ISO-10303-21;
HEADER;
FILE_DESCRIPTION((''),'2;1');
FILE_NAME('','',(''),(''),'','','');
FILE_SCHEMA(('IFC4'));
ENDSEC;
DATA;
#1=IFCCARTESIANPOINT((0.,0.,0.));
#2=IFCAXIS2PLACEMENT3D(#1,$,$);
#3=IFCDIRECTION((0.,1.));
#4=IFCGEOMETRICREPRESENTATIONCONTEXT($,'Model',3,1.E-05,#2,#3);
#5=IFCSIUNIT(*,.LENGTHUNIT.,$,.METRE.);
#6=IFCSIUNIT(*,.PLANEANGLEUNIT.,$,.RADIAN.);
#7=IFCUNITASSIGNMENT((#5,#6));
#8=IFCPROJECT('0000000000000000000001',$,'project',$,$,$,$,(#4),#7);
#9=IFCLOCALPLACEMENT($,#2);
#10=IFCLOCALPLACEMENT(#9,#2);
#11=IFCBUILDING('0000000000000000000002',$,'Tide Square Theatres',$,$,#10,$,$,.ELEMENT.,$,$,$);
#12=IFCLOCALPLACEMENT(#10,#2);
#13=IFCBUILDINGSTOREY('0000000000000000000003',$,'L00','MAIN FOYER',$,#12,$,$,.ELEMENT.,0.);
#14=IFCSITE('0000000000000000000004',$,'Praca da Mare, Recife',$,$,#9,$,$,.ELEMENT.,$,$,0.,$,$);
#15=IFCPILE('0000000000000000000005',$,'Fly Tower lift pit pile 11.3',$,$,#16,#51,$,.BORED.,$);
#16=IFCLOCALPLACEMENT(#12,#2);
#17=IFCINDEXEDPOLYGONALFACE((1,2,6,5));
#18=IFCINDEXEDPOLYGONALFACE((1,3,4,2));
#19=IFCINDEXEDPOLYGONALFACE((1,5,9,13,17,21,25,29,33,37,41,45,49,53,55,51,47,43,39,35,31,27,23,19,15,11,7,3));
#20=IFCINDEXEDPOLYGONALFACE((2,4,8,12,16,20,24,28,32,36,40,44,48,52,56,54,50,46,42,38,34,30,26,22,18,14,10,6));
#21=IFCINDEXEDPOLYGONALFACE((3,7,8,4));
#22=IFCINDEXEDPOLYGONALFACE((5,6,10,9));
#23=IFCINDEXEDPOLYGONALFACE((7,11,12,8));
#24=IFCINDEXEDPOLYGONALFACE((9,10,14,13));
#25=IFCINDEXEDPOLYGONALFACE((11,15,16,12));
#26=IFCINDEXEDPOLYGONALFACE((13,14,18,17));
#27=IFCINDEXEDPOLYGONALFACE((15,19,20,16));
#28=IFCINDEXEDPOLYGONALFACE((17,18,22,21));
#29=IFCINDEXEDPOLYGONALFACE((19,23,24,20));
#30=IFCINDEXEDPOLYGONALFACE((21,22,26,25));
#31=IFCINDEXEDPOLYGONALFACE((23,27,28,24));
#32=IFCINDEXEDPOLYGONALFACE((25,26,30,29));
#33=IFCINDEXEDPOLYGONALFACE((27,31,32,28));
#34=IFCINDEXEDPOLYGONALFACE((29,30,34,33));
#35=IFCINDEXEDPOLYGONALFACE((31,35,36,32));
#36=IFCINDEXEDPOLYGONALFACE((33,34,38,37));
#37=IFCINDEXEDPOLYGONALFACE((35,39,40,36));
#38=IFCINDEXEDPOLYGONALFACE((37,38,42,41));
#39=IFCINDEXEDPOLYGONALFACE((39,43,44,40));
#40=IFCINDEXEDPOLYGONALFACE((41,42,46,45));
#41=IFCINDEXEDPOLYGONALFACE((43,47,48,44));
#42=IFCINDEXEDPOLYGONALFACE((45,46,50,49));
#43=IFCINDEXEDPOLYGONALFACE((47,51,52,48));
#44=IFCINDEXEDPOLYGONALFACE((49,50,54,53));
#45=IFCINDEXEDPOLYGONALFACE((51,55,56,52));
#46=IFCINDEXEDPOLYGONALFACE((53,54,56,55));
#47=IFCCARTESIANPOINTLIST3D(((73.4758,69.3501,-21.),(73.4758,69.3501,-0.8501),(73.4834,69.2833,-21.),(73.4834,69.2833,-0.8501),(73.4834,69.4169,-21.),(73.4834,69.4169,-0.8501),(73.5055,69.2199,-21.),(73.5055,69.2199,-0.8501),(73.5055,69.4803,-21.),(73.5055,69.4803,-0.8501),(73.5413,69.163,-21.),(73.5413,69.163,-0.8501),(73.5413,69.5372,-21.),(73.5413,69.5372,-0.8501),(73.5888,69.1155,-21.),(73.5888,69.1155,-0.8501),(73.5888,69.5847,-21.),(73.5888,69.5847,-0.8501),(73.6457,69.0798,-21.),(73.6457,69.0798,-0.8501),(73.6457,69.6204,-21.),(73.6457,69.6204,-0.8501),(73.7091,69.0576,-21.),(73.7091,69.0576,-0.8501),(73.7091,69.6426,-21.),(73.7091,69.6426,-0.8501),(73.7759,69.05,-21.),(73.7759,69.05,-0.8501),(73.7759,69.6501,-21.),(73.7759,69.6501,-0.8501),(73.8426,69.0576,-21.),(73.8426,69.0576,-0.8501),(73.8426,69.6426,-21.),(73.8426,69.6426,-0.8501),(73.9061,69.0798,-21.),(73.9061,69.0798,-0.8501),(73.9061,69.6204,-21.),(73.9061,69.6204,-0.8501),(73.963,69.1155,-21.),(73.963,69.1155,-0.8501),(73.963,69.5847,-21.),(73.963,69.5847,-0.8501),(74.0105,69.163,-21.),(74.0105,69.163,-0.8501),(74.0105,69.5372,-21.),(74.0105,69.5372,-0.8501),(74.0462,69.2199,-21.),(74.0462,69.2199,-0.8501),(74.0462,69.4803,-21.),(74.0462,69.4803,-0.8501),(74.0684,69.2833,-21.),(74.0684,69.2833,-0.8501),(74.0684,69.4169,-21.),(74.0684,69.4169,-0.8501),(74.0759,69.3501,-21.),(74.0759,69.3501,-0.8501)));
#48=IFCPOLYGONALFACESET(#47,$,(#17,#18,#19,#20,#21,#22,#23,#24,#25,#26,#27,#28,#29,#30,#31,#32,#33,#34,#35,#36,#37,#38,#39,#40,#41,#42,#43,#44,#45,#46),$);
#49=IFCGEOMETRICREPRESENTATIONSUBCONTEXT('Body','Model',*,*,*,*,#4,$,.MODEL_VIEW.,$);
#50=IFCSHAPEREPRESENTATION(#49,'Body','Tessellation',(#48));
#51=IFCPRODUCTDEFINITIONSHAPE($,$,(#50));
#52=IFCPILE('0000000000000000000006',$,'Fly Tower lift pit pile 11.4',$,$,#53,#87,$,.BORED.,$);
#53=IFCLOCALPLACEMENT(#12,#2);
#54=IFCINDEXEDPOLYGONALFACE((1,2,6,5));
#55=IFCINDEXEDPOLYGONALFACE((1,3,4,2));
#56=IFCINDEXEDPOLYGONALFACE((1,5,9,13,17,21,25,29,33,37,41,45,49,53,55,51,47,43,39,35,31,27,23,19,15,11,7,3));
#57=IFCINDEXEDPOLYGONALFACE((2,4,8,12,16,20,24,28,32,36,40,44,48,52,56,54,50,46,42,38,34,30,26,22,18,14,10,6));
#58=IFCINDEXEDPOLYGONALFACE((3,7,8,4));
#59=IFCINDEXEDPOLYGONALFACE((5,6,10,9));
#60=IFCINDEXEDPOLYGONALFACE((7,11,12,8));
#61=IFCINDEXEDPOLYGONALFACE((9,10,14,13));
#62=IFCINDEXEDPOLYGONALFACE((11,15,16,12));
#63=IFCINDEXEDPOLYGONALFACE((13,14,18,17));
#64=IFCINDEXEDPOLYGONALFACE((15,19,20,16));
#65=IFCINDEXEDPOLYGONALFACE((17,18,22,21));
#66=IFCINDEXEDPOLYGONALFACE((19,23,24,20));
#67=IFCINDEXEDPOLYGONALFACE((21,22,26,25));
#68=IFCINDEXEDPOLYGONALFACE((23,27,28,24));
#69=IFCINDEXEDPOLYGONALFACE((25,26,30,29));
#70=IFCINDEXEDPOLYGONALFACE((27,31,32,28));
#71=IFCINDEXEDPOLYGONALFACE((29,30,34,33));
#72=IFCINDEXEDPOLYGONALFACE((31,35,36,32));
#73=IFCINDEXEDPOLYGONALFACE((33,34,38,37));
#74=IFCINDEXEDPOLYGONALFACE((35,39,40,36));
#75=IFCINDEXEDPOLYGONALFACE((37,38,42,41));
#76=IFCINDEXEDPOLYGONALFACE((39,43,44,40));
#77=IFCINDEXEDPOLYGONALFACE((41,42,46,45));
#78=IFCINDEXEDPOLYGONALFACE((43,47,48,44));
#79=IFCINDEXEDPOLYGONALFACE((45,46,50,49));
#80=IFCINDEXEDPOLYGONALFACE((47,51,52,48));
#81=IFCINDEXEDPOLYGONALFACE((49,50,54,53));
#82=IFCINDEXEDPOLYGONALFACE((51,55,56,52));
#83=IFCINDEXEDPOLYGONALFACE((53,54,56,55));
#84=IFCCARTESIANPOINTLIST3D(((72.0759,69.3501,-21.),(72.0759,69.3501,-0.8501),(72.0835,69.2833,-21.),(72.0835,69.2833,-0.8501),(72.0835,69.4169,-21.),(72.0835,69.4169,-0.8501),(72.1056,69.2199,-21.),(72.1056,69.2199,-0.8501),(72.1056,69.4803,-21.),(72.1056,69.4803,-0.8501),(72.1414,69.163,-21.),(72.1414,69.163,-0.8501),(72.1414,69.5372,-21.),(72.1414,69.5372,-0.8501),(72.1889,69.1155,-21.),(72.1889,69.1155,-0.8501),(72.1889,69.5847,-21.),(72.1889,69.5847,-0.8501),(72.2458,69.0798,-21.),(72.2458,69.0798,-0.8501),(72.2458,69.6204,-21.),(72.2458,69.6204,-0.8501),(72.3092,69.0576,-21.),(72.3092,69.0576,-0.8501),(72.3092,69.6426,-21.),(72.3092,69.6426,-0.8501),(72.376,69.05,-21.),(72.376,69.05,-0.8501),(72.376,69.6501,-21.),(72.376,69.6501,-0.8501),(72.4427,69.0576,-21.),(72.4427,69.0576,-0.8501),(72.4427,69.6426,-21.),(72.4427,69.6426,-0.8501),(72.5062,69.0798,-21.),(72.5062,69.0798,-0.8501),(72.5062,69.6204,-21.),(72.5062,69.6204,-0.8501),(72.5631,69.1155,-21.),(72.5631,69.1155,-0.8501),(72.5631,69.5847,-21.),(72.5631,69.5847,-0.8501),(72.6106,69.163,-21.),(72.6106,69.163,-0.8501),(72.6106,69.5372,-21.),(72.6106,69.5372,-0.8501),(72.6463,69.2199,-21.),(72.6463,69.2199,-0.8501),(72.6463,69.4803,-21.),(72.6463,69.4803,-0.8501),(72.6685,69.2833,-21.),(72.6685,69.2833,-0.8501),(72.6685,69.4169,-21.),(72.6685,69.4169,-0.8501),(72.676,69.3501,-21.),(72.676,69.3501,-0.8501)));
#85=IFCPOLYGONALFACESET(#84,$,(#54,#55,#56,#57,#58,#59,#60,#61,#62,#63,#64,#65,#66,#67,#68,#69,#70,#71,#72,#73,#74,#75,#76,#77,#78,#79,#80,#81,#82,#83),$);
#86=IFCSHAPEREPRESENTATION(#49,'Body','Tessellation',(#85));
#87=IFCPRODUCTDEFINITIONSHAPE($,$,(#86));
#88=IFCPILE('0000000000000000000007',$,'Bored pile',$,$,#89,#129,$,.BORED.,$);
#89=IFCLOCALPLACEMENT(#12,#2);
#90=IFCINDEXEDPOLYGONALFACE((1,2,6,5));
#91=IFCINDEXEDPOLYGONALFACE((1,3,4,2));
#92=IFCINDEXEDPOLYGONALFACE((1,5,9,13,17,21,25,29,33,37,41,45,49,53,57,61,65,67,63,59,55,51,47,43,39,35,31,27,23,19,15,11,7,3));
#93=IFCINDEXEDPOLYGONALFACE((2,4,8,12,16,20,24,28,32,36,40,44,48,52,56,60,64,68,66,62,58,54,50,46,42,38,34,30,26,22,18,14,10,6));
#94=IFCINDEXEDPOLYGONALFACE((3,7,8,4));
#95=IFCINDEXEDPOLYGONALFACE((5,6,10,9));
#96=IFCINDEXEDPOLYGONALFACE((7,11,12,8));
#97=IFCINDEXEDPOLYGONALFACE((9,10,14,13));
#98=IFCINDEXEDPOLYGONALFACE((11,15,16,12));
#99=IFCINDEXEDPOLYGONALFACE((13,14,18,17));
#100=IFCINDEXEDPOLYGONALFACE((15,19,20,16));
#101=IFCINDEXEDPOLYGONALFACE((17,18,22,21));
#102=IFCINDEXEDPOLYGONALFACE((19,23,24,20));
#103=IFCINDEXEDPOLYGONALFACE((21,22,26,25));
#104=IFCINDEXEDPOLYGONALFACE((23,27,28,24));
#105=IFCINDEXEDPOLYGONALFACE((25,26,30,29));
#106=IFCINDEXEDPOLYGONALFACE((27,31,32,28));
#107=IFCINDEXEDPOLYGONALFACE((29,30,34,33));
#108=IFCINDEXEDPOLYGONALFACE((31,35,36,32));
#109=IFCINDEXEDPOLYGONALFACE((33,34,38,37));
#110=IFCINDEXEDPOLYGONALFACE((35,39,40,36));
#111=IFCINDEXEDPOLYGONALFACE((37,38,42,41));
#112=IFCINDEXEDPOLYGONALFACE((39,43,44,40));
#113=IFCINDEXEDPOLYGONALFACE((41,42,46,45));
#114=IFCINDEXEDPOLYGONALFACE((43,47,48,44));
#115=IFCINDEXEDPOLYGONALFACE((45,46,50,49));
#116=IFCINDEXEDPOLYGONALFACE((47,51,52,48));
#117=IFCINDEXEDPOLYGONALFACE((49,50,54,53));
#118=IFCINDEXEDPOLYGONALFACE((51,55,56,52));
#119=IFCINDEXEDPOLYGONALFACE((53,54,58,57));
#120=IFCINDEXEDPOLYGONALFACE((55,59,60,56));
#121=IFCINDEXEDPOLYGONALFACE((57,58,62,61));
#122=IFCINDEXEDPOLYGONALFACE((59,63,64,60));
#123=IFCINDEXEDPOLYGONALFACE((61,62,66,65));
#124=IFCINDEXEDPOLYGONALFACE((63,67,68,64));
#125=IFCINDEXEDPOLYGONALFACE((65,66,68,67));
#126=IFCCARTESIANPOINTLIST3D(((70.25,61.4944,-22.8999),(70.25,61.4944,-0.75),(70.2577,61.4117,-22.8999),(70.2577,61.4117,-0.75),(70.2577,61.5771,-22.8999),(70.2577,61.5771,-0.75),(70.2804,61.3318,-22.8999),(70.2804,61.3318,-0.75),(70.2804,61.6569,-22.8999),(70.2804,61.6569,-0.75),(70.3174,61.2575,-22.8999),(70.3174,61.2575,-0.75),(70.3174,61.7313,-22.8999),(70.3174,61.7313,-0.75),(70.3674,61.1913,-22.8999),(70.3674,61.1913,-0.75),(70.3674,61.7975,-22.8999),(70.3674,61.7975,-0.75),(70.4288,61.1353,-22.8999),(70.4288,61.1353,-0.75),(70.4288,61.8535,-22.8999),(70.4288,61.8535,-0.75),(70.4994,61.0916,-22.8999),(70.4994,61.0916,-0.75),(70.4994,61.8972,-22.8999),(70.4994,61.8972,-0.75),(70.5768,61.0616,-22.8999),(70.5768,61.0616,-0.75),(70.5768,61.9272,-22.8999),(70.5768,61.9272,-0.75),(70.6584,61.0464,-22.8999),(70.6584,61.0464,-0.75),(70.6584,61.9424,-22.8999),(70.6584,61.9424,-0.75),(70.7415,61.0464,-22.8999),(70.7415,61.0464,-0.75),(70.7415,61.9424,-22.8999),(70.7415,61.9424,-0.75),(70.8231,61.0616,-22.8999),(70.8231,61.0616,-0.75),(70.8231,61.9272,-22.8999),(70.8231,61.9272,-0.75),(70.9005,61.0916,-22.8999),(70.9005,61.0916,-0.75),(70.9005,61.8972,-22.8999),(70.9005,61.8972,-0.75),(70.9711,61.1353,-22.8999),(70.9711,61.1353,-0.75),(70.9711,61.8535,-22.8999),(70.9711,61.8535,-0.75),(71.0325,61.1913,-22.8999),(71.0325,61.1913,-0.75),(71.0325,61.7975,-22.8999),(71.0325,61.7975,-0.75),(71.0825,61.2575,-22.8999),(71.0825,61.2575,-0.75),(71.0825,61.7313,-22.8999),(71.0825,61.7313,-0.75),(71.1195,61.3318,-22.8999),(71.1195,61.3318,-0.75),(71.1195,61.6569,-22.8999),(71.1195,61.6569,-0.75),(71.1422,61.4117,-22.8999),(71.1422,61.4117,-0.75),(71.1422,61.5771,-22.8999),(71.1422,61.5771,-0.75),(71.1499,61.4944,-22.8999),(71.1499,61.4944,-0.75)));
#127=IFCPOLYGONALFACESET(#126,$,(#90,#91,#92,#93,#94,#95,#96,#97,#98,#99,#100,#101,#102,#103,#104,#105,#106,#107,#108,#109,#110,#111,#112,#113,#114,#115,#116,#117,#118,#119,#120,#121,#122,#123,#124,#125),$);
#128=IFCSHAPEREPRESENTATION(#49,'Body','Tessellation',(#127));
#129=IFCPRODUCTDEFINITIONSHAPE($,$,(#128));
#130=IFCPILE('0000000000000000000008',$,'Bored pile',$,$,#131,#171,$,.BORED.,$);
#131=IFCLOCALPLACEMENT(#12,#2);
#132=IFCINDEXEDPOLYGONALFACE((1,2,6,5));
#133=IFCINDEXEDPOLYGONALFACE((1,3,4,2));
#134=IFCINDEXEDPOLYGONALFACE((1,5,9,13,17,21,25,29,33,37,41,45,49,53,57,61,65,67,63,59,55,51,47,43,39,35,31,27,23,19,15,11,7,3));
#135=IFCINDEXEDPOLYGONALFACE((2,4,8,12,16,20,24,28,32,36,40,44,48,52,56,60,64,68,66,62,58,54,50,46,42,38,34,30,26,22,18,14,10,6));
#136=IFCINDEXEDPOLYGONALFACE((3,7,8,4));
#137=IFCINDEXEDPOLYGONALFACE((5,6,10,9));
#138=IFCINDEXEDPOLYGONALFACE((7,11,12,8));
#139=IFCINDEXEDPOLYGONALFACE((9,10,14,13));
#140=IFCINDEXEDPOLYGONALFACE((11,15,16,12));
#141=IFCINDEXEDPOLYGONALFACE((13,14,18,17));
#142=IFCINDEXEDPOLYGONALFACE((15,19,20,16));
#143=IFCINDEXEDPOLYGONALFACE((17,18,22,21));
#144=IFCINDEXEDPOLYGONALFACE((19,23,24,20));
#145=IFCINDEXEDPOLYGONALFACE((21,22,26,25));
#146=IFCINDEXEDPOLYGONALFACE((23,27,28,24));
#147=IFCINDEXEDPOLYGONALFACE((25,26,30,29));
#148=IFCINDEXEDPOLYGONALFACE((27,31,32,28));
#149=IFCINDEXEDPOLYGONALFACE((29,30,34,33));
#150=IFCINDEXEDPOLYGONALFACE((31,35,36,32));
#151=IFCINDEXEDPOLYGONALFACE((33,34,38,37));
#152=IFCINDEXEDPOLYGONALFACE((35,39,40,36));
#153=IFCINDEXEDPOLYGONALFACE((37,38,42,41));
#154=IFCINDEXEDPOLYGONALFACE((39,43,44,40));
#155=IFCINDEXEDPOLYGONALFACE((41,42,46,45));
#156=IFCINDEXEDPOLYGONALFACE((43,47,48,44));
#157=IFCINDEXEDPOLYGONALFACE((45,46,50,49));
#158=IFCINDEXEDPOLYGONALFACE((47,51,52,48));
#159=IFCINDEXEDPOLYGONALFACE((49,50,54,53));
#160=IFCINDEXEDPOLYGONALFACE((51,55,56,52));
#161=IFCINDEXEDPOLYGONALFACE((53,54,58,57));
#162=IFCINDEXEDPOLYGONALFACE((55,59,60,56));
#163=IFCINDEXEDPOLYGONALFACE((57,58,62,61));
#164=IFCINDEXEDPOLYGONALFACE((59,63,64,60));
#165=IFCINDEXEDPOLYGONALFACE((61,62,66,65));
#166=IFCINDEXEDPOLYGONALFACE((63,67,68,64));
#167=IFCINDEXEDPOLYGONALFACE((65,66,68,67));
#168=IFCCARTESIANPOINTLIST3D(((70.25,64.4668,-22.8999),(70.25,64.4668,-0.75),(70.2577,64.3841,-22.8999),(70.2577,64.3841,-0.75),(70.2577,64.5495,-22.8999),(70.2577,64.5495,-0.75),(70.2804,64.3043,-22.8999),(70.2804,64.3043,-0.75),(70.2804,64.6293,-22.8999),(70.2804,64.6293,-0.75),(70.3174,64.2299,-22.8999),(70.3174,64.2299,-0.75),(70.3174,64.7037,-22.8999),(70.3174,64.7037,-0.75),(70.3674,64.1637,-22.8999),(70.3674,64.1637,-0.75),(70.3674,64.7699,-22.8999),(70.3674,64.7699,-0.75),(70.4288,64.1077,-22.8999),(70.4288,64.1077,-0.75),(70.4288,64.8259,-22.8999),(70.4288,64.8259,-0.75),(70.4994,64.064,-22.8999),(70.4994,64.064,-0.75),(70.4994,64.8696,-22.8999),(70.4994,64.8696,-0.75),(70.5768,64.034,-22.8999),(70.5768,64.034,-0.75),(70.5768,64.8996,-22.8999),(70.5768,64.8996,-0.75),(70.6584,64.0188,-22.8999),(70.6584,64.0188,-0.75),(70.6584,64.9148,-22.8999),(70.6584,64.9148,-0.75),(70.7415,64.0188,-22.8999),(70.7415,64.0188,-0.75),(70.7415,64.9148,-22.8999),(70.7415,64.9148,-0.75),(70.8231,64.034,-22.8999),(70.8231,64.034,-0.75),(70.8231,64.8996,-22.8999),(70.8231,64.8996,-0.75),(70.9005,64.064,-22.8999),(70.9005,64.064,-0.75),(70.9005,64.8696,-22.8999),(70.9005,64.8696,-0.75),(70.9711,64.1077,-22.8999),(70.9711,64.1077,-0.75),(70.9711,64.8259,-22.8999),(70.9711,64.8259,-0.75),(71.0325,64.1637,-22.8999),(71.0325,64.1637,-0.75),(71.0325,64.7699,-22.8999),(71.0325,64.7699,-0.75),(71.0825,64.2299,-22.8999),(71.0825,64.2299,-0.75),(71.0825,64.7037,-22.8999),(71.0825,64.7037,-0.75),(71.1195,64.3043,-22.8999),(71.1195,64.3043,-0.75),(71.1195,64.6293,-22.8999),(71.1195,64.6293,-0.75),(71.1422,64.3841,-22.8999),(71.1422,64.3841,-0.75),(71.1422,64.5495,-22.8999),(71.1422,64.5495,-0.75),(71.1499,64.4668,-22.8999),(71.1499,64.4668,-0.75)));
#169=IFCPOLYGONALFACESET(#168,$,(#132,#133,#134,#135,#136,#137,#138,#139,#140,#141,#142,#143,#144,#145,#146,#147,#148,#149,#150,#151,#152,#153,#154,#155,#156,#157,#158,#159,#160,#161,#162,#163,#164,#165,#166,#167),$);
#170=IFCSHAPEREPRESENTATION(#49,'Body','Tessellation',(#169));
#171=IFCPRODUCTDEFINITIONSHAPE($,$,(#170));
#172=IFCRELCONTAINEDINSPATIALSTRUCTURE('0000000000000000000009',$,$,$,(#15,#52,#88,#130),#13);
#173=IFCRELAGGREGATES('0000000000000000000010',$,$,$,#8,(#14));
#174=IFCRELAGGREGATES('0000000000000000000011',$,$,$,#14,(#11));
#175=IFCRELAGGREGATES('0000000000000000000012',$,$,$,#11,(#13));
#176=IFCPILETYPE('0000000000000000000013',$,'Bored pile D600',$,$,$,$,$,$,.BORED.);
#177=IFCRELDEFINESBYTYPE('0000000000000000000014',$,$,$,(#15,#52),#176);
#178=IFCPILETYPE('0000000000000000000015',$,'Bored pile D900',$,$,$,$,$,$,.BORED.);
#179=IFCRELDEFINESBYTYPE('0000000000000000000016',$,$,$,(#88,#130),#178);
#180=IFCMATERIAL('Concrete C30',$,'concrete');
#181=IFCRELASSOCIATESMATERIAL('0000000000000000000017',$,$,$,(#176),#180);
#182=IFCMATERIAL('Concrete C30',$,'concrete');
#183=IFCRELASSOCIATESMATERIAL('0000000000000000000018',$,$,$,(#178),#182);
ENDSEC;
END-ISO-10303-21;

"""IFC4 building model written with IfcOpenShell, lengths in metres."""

from ifc_helpers import new_model, si_unit, direction, frame, origin, origin_2d, place, context, subcontext, project, spatial, circle, extrude, material, material_profile, profile_set, type_object, element, save


model = new_model("IFC4")

# Units and contexts
model_context = context("Model", 3, precision=1e-05, world=origin(), true_north=direction((0.0, 1.0)))
body_context = subcontext(model_context, "Body", "Model", "MODEL_VIEW")
ifc_project = project(units=[si_unit("LENGTHUNIT", "METRE"), si_unit("PLANEANGLEUNIT", "RADIAN")], contexts=[model_context])

# Site, building, storey
site_placement = place(None, origin())
site = spatial("IfcSite", under=ifc_project, at=site_placement, Name="Praca da Mare, Recife", CompositionType="ELEMENT", RefElevation=0.0)
building_placement = place(site_placement, origin())
building = spatial("IfcBuilding", under=site, at=building_placement, Name="Tide Square Theatres", CompositionType="ELEMENT")
storey_placement = place(building_placement, origin())
storey = spatial("IfcBuildingStorey", under=building, at=storey_placement, Name="L00", Description="MAIN FOYER", CompositionType="ELEMENT", Elevation=0.0)

# Piles
ifc_material_1 = material(Name="Concrete C30", Category="concrete")
ifc_material_profile_1 = material_profile(ifc_material_1, circle(Radius=0.3, at=origin_2d()))
ifc_profile_set_1 = profile_set([ifc_material_profile_1], Name="Concrete C30")
pile_type_1 = type_object("IfcPileType", Name="Bored pile D600", PredefinedType="BORED", material=ifc_profile_set_1)
for number, where, z_axis, x_axis, name in (
    (1, (73.7759, 69.3501, -0.8501), (0.0, 0.0, -1.0), (1.0, 0.0, 0.0), "Fly Tower lift pit pile 11.3"),
    (2, (72.376, 69.3501, -0.8501), (0.0, 0.0, -1.0), (1.0, 0.0, 0.0), "Fly Tower lift pit pile 11.4"),
):
    element("IfcPile", number, at=place(storey_placement, frame(where, z_axis=z_axis, x_axis=x_axis)), inside=storey, type_object=pile_type_1, Name=name, PredefinedType="BORED", context=body_context, shape_type="SweptSolid", body=[
        extrude(circle(Radius=0.3, at=origin_2d()), origin(), (0.0, 0.0, 1.0), 20.1499),
    ])
ifc_material_2 = material(Name="Concrete C30", Category="concrete")
ifc_material_profile_2 = material_profile(ifc_material_2, circle(Radius=0.45, at=origin_2d()))
ifc_profile_set_2 = profile_set([ifc_material_profile_2], Name="Concrete C30")
pile_type_2 = type_object("IfcPileType", Name="Bored pile D900", PredefinedType="BORED", material=ifc_profile_set_2)
for number, where, z_axis, x_axis, name in (
    (3, (70.7, 61.4944, -0.75), (0.0, 0.0, -1.0), (1.0, 0.0, 0.0), "Bored pile"),
    (4, (70.7, 64.4668, -0.75), (0.0, 0.0, -1.0), (1.0, 0.0, 0.0), "Bored pile"),
):
    element("IfcPile", number, at=place(storey_placement, frame(where, z_axis=z_axis, x_axis=x_axis)), inside=storey, type_object=pile_type_2, Name=name, PredefinedType="BORED", context=body_context, shape_type="SweptSolid", body=[
        extrude(circle(Radius=0.45, at=origin_2d()), origin(), (0.0, 0.0, 1.0), 22.1499),
    ])

save(model, "model.ifc")
